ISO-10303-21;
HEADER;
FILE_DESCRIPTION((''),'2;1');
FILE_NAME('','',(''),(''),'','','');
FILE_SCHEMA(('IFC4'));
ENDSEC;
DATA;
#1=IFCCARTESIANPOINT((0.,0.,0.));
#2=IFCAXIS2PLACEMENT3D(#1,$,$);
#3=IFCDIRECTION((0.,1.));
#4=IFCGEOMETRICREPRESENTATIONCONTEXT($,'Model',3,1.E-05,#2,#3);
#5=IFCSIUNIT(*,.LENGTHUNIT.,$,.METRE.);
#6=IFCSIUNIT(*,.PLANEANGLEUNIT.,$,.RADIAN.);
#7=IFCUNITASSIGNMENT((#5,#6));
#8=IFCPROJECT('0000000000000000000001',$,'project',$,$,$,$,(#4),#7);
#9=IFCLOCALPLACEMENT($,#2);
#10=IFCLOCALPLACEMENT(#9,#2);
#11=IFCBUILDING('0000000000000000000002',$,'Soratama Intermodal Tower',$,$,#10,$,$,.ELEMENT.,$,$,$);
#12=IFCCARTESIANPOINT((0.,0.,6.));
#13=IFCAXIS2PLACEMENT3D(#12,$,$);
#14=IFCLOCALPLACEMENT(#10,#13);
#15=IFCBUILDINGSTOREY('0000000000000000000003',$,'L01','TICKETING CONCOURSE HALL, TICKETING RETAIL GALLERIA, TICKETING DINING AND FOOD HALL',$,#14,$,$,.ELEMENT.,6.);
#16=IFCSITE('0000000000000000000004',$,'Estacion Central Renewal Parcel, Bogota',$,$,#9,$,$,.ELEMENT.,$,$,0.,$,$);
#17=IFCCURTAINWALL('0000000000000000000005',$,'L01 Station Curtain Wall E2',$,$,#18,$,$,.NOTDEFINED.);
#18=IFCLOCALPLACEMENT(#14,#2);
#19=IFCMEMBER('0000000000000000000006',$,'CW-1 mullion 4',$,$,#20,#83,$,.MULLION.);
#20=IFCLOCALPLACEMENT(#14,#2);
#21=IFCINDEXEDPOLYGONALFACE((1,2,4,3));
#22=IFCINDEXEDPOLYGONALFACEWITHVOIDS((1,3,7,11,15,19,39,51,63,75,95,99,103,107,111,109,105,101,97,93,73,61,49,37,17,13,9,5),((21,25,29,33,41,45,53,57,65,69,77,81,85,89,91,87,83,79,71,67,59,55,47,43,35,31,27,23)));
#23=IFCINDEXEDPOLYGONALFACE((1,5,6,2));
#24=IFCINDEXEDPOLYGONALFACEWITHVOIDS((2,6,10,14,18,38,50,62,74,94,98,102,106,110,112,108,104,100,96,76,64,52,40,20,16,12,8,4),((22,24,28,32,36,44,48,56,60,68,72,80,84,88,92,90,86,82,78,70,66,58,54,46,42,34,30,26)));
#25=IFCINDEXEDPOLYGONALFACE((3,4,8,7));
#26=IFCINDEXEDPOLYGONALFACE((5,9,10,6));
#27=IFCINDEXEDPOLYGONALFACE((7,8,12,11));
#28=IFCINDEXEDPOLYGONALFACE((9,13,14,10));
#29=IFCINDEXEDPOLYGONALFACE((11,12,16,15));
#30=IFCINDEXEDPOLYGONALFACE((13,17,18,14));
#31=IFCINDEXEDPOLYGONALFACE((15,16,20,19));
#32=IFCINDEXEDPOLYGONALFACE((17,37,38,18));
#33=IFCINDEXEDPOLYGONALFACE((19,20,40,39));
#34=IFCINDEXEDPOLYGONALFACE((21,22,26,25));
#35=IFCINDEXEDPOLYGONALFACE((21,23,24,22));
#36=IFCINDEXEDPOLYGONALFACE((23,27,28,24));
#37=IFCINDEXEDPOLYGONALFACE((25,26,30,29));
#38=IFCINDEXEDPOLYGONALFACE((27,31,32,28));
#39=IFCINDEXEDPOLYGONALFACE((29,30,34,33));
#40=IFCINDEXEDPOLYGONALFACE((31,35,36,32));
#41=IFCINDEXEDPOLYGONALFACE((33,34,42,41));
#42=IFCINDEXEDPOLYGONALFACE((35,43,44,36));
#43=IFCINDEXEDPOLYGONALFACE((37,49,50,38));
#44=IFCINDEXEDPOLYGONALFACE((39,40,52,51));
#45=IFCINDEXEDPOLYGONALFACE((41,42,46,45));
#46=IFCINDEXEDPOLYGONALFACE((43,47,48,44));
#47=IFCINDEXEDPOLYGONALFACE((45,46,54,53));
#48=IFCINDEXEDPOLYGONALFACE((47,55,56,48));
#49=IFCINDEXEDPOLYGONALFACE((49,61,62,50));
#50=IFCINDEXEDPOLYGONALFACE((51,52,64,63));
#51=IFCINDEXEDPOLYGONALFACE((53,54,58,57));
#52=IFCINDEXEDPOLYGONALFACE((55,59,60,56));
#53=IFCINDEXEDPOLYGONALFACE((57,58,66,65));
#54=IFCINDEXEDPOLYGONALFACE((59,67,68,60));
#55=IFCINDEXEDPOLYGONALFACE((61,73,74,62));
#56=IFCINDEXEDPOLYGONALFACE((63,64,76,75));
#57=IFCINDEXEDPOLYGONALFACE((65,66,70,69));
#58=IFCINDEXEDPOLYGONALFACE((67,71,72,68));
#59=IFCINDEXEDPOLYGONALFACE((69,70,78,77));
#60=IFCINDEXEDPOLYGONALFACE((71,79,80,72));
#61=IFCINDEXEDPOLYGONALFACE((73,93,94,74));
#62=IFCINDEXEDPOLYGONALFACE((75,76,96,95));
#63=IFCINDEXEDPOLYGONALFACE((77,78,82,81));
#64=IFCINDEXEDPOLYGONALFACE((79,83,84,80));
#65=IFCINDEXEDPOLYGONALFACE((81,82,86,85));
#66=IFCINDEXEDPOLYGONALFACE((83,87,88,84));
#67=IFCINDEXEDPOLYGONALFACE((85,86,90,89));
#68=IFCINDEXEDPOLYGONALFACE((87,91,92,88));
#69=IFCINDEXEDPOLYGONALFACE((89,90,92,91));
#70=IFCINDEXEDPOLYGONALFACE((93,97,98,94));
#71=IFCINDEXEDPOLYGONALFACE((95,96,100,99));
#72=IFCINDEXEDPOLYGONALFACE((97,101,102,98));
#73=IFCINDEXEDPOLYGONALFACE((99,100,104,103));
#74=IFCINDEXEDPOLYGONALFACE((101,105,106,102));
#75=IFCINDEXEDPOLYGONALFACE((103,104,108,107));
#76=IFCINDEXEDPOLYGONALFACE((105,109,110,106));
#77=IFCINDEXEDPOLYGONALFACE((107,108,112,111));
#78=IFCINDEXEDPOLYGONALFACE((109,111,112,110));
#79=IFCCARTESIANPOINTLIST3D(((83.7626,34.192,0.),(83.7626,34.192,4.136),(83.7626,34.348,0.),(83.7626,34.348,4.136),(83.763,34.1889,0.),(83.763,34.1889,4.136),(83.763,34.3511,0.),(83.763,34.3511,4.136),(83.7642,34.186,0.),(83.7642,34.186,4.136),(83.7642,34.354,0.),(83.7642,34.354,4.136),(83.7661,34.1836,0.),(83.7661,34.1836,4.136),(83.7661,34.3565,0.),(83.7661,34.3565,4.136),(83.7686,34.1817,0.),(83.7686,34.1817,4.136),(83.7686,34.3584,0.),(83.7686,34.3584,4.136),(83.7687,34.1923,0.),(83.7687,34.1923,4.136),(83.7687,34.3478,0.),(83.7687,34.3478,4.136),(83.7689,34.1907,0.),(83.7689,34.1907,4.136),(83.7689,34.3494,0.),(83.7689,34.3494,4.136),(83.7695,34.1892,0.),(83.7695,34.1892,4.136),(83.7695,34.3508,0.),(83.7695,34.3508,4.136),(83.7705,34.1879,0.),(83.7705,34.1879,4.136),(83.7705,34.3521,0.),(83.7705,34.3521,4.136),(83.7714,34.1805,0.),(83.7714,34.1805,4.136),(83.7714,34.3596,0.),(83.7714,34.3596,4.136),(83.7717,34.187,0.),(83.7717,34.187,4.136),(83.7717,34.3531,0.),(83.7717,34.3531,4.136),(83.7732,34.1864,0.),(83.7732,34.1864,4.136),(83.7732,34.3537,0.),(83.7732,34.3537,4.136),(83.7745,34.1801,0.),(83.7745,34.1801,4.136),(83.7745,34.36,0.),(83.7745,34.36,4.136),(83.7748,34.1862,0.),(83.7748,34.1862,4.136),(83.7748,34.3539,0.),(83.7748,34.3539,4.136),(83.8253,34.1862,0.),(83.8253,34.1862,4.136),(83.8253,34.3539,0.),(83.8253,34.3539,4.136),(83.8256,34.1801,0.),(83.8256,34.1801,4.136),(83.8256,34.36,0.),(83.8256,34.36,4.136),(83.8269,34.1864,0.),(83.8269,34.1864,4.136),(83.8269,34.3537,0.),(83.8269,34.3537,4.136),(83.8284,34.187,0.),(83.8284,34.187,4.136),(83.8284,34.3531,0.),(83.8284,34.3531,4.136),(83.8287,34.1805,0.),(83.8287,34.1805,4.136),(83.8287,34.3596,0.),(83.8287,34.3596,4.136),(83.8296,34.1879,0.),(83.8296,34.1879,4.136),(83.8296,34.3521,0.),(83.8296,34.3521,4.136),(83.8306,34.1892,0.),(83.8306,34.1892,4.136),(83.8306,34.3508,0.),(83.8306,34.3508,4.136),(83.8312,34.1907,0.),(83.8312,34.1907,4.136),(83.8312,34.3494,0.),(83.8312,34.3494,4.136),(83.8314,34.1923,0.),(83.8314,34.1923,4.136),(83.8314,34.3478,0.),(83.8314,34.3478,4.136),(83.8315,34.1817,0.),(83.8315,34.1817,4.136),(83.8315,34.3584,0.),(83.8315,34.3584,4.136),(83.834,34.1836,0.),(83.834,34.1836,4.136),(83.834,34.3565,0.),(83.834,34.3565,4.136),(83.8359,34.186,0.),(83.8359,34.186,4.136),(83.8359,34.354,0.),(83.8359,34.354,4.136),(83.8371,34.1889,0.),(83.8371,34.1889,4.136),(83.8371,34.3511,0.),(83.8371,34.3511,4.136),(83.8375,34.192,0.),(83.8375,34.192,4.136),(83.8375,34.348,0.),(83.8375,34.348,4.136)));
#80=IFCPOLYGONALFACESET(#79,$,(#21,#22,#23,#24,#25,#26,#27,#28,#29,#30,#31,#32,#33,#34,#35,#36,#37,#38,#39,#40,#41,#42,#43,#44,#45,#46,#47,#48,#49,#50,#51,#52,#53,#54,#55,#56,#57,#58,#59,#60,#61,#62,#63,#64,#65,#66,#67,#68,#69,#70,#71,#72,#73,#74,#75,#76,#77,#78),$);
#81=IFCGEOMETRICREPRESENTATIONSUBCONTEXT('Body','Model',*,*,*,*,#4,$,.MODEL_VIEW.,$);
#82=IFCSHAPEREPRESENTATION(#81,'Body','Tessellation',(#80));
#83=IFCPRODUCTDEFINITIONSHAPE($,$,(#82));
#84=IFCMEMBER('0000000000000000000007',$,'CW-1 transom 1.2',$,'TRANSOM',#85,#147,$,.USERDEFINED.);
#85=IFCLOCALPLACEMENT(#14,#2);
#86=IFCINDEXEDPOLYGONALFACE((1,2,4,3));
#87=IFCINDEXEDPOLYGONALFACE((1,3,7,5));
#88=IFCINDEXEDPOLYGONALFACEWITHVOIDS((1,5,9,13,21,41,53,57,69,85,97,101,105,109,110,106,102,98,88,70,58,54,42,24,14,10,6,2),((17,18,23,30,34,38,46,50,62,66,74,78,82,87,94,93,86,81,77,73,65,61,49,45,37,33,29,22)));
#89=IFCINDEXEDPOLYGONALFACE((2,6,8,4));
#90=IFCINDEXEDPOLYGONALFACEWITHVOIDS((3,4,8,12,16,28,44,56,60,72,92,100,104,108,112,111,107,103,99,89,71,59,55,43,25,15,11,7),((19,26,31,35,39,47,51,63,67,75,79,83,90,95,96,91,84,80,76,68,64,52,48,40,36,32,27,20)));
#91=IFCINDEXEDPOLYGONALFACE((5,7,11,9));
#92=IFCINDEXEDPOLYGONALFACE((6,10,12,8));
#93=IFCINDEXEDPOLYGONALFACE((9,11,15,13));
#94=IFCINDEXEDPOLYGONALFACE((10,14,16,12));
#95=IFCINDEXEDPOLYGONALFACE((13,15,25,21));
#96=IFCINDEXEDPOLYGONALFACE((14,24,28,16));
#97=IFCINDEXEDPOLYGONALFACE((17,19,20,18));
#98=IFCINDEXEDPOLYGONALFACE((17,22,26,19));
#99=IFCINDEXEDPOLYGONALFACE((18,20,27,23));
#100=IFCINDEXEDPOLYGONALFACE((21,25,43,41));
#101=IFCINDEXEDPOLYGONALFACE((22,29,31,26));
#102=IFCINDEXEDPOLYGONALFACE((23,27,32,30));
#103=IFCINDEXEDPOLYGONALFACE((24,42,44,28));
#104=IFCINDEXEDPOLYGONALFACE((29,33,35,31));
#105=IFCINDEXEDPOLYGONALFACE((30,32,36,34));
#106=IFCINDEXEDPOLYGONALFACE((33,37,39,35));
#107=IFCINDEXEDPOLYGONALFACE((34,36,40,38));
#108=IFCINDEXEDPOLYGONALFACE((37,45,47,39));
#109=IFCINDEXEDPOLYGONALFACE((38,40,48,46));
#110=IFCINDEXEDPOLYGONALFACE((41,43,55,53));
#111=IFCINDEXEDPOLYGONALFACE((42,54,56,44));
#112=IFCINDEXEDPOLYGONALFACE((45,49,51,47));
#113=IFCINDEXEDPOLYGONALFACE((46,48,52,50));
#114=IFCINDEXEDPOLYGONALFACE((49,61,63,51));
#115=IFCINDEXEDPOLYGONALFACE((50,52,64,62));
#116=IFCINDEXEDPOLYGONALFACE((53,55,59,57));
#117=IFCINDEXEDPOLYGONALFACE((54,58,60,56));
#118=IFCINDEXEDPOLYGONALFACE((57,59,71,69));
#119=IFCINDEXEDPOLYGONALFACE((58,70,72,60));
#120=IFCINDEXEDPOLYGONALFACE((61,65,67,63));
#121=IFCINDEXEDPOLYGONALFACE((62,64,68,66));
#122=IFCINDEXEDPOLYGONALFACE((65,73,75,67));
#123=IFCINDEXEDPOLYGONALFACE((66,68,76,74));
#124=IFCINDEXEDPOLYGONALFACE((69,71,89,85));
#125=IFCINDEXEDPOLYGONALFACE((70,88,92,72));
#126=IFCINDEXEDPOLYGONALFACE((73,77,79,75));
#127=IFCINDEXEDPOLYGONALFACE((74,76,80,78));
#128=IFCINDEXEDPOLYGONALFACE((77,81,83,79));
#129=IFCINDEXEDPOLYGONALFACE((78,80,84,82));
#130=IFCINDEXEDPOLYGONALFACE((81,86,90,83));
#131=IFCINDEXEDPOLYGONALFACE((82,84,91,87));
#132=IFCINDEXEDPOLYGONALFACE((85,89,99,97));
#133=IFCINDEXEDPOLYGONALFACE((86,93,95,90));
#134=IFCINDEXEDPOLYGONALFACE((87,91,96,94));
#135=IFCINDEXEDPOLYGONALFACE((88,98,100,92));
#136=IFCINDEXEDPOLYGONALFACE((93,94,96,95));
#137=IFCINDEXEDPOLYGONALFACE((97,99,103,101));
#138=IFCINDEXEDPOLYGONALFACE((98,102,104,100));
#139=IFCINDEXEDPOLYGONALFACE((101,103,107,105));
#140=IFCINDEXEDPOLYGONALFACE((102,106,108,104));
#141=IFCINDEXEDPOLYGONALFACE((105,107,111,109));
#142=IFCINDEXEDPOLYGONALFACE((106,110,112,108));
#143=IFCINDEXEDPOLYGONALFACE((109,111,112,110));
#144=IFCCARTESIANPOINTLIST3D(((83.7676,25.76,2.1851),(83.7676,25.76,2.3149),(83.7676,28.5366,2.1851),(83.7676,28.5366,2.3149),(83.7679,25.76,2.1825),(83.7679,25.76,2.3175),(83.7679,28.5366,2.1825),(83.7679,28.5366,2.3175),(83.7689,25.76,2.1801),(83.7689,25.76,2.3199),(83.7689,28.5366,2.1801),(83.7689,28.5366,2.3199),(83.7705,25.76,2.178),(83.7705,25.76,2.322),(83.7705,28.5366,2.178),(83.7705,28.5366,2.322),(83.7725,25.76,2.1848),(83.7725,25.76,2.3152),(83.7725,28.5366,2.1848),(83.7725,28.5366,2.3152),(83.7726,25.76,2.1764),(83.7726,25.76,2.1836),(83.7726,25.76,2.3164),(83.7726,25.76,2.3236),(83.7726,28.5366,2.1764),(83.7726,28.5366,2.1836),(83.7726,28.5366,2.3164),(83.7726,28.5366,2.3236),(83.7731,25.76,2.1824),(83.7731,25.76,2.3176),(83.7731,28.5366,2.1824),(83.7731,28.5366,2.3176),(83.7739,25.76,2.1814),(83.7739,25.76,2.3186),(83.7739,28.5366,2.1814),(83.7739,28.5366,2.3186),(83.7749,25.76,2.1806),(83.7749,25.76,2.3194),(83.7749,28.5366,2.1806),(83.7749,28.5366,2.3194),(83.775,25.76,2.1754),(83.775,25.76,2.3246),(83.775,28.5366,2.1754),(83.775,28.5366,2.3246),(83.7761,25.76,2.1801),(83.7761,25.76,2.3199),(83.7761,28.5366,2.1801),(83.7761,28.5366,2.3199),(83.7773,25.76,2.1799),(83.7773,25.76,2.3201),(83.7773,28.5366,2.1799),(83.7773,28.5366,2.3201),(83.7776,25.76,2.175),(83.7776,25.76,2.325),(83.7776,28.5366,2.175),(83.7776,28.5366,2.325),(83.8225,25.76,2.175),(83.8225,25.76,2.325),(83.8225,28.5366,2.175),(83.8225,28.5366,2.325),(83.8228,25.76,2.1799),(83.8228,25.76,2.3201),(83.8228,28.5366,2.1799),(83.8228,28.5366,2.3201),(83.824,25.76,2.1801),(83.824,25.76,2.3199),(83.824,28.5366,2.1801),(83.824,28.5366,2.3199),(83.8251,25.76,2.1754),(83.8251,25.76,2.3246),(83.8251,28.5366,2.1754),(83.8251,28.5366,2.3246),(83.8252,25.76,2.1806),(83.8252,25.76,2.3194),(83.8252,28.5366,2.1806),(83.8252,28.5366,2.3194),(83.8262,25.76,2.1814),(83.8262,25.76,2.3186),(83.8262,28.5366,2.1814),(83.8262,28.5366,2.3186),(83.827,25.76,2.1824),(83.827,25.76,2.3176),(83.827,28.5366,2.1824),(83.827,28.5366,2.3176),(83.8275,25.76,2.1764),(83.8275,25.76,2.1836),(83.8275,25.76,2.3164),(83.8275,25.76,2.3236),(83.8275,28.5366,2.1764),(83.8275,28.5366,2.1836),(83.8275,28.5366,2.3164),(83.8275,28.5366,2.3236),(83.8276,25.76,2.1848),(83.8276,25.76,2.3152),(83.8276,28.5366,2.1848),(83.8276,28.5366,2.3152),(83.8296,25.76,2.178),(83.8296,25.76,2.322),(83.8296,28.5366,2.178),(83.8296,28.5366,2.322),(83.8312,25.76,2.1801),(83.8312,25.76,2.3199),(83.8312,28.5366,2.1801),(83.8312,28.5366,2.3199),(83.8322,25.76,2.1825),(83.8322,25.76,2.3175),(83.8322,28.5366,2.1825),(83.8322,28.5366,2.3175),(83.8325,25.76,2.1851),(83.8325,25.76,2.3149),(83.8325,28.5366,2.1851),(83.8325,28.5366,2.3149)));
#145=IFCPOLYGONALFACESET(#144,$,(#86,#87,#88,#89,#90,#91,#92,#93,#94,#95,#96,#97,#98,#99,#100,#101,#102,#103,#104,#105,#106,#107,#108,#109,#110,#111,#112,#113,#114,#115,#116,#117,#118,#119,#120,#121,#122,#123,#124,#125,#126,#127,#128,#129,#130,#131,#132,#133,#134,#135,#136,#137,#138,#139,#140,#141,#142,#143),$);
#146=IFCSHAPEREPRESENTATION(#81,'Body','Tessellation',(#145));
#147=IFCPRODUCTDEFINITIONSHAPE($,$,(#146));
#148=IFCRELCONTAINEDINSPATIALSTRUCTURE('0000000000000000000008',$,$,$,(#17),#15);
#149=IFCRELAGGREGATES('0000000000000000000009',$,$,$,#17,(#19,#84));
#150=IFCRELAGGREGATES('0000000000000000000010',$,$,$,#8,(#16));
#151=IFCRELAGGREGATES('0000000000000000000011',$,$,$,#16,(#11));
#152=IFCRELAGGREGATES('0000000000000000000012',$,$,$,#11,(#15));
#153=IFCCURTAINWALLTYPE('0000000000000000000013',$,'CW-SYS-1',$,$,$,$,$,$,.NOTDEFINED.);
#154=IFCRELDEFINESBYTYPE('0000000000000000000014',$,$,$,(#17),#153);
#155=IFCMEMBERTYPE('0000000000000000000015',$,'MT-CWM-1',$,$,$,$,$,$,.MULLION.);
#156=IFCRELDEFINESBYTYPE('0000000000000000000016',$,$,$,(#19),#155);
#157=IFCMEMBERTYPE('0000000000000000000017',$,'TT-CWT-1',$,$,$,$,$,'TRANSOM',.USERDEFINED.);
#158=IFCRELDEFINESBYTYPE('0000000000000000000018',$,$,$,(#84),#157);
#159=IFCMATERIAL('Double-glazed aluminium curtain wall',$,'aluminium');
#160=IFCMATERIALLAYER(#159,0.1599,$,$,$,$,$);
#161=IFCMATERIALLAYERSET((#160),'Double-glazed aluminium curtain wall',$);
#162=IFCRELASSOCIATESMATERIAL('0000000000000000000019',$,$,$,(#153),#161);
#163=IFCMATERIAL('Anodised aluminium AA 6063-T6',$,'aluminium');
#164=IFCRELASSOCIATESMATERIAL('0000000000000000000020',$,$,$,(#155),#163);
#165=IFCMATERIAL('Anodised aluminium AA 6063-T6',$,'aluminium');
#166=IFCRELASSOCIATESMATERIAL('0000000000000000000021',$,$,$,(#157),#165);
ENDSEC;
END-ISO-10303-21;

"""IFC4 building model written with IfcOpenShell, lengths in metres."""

from ifc_helpers import new_model, si_unit, direction, frame, origin, origin_2d, place, context, subcontext, project, spatial, hollow_rectangle, extrude, material, layer, layer_set, material_profile, profile_set, type_object, element, aggregate, save


model = new_model("IFC4")

# Units and contexts
model_context = context("Model", 3, precision=1e-05, world=origin(), true_north=direction((0.0, 1.0)))
body_context = subcontext(model_context, "Body", "Model", "MODEL_VIEW")
ifc_project = project(units=[si_unit("LENGTHUNIT", "METRE"), si_unit("PLANEANGLEUNIT", "RADIAN")], contexts=[model_context])

# Site, building, storey
site_placement = place(None, origin())
site = spatial("IfcSite", under=ifc_project, at=site_placement, Name="Estacion Central Renewal Parcel, Bogota", CompositionType="ELEMENT", RefElevation=0.0)
building_placement = place(site_placement, origin())
building = spatial("IfcBuilding", under=site, at=building_placement, Name="Soratama Intermodal Tower", CompositionType="ELEMENT")
storey_placement = place(building_placement, frame((0.0, 0.0, 6.0)))
storey = spatial("IfcBuildingStorey", under=building, at=storey_placement, Name="L01", Description="TICKETING CONCOURSE HALL, TICKETING RETAIL GALLERIA, TICKETING DINING AND FOOD HALL", CompositionType="ELEMENT", Elevation=6.0)

# Curtain wall, members
ifc_material_1 = material(Name="Double-glazed aluminium curtain wall", Category="aluminium")
ifc_layer_1 = layer(ifc_material_1, 0.1599)
ifc_layer_set_1 = layer_set([ifc_layer_1], Name="Double-glazed aluminium curtain wall")
curtain_wall_type = type_object("IfcCurtainWallType", Name="CW-SYS-1", PredefinedType="NOTDEFINED", material=ifc_layer_set_1)
curtain_wall_placement = place(storey_placement, origin())
curtain_wall = element("IfcCurtainWall", 1, at=curtain_wall_placement, inside=storey, type_object=curtain_wall_type, Name="L01 Station Curtain Wall E2", PredefinedType="NOTDEFINED")
ifc_material_2 = material(Name="Anodised aluminium AA 6063-T6", Category="aluminium")
ifc_material_profile_1 = material_profile(ifc_material_2, hollow_rectangle(XDim=0.075, YDim=0.1799, WallThickness=0.0061, InnerFilletRadius=0.0061, OuterFilletRadius=0.012, at=origin_2d()), Name="CWM180X75X6")
ifc_profile_set_1 = profile_set([ifc_material_profile_1], Name="Anodised aluminium AA 6063-T6")
member_type_1 = type_object("IfcMemberType", Name="MT-CWM-1", PredefinedType="MULLION", material=ifc_profile_set_1)
member_1_placement = place(storey_placement, frame((83.8, 34.27, 0.0), z_axis=(0.0, 0.0, 1.0), x_axis=(-1.0, 0.0, 0.0)))
member_1 = element("IfcMember", 2, at=member_1_placement, type_object=member_type_1, Name="CW-1 mullion 4", PredefinedType="MULLION", context=body_context, shape_type="SweptSolid", body=[
    extrude(hollow_rectangle(XDim=0.075, YDim=0.1799, WallThickness=0.0061, InnerFilletRadius=0.0061, OuterFilletRadius=0.012, at=origin_2d()), origin(), (0.0, 0.0, 1.0), 4.136),
])
ifc_material_3 = material(Name="Anodised aluminium AA 6063-T6", Category="aluminium")
ifc_material_profile_2 = material_profile(ifc_material_3, hollow_rectangle(XDim=0.0649, YDim=0.1499, WallThickness=0.0049, InnerFilletRadius=0.0049, OuterFilletRadius=0.01, at=origin_2d()), Name="CWT150X65X5")
ifc_profile_set_2 = profile_set([ifc_material_profile_2], Name="Anodised aluminium AA 6063-T6")
member_type_2 = type_object("IfcMemberType", Name="TT-CWT-1", ElementType="TRANSOM", PredefinedType="USERDEFINED", material=ifc_profile_set_2)
member_2_placement = place(storey_placement, frame((83.8, 25.76, 2.25), z_axis=(0.0, 1.0, 0.0), x_axis=(-1.0, 0.0, 0.0)))
member_2 = element("IfcMember", 3, at=member_2_placement, type_object=member_type_2, Name="CW-1 transom 1.2", ObjectType="TRANSOM", PredefinedType="USERDEFINED", context=body_context, shape_type="SweptSolid", body=[
    extrude(hollow_rectangle(XDim=0.0649, YDim=0.1499, WallThickness=0.0049, InnerFilletRadius=0.0049, OuterFilletRadius=0.01, at=origin_2d()), origin(), (0.0, 0.0, 1.0), 2.7766),
])
aggregate(curtain_wall, [member_1, member_2])

save(model, "model.ifc")
